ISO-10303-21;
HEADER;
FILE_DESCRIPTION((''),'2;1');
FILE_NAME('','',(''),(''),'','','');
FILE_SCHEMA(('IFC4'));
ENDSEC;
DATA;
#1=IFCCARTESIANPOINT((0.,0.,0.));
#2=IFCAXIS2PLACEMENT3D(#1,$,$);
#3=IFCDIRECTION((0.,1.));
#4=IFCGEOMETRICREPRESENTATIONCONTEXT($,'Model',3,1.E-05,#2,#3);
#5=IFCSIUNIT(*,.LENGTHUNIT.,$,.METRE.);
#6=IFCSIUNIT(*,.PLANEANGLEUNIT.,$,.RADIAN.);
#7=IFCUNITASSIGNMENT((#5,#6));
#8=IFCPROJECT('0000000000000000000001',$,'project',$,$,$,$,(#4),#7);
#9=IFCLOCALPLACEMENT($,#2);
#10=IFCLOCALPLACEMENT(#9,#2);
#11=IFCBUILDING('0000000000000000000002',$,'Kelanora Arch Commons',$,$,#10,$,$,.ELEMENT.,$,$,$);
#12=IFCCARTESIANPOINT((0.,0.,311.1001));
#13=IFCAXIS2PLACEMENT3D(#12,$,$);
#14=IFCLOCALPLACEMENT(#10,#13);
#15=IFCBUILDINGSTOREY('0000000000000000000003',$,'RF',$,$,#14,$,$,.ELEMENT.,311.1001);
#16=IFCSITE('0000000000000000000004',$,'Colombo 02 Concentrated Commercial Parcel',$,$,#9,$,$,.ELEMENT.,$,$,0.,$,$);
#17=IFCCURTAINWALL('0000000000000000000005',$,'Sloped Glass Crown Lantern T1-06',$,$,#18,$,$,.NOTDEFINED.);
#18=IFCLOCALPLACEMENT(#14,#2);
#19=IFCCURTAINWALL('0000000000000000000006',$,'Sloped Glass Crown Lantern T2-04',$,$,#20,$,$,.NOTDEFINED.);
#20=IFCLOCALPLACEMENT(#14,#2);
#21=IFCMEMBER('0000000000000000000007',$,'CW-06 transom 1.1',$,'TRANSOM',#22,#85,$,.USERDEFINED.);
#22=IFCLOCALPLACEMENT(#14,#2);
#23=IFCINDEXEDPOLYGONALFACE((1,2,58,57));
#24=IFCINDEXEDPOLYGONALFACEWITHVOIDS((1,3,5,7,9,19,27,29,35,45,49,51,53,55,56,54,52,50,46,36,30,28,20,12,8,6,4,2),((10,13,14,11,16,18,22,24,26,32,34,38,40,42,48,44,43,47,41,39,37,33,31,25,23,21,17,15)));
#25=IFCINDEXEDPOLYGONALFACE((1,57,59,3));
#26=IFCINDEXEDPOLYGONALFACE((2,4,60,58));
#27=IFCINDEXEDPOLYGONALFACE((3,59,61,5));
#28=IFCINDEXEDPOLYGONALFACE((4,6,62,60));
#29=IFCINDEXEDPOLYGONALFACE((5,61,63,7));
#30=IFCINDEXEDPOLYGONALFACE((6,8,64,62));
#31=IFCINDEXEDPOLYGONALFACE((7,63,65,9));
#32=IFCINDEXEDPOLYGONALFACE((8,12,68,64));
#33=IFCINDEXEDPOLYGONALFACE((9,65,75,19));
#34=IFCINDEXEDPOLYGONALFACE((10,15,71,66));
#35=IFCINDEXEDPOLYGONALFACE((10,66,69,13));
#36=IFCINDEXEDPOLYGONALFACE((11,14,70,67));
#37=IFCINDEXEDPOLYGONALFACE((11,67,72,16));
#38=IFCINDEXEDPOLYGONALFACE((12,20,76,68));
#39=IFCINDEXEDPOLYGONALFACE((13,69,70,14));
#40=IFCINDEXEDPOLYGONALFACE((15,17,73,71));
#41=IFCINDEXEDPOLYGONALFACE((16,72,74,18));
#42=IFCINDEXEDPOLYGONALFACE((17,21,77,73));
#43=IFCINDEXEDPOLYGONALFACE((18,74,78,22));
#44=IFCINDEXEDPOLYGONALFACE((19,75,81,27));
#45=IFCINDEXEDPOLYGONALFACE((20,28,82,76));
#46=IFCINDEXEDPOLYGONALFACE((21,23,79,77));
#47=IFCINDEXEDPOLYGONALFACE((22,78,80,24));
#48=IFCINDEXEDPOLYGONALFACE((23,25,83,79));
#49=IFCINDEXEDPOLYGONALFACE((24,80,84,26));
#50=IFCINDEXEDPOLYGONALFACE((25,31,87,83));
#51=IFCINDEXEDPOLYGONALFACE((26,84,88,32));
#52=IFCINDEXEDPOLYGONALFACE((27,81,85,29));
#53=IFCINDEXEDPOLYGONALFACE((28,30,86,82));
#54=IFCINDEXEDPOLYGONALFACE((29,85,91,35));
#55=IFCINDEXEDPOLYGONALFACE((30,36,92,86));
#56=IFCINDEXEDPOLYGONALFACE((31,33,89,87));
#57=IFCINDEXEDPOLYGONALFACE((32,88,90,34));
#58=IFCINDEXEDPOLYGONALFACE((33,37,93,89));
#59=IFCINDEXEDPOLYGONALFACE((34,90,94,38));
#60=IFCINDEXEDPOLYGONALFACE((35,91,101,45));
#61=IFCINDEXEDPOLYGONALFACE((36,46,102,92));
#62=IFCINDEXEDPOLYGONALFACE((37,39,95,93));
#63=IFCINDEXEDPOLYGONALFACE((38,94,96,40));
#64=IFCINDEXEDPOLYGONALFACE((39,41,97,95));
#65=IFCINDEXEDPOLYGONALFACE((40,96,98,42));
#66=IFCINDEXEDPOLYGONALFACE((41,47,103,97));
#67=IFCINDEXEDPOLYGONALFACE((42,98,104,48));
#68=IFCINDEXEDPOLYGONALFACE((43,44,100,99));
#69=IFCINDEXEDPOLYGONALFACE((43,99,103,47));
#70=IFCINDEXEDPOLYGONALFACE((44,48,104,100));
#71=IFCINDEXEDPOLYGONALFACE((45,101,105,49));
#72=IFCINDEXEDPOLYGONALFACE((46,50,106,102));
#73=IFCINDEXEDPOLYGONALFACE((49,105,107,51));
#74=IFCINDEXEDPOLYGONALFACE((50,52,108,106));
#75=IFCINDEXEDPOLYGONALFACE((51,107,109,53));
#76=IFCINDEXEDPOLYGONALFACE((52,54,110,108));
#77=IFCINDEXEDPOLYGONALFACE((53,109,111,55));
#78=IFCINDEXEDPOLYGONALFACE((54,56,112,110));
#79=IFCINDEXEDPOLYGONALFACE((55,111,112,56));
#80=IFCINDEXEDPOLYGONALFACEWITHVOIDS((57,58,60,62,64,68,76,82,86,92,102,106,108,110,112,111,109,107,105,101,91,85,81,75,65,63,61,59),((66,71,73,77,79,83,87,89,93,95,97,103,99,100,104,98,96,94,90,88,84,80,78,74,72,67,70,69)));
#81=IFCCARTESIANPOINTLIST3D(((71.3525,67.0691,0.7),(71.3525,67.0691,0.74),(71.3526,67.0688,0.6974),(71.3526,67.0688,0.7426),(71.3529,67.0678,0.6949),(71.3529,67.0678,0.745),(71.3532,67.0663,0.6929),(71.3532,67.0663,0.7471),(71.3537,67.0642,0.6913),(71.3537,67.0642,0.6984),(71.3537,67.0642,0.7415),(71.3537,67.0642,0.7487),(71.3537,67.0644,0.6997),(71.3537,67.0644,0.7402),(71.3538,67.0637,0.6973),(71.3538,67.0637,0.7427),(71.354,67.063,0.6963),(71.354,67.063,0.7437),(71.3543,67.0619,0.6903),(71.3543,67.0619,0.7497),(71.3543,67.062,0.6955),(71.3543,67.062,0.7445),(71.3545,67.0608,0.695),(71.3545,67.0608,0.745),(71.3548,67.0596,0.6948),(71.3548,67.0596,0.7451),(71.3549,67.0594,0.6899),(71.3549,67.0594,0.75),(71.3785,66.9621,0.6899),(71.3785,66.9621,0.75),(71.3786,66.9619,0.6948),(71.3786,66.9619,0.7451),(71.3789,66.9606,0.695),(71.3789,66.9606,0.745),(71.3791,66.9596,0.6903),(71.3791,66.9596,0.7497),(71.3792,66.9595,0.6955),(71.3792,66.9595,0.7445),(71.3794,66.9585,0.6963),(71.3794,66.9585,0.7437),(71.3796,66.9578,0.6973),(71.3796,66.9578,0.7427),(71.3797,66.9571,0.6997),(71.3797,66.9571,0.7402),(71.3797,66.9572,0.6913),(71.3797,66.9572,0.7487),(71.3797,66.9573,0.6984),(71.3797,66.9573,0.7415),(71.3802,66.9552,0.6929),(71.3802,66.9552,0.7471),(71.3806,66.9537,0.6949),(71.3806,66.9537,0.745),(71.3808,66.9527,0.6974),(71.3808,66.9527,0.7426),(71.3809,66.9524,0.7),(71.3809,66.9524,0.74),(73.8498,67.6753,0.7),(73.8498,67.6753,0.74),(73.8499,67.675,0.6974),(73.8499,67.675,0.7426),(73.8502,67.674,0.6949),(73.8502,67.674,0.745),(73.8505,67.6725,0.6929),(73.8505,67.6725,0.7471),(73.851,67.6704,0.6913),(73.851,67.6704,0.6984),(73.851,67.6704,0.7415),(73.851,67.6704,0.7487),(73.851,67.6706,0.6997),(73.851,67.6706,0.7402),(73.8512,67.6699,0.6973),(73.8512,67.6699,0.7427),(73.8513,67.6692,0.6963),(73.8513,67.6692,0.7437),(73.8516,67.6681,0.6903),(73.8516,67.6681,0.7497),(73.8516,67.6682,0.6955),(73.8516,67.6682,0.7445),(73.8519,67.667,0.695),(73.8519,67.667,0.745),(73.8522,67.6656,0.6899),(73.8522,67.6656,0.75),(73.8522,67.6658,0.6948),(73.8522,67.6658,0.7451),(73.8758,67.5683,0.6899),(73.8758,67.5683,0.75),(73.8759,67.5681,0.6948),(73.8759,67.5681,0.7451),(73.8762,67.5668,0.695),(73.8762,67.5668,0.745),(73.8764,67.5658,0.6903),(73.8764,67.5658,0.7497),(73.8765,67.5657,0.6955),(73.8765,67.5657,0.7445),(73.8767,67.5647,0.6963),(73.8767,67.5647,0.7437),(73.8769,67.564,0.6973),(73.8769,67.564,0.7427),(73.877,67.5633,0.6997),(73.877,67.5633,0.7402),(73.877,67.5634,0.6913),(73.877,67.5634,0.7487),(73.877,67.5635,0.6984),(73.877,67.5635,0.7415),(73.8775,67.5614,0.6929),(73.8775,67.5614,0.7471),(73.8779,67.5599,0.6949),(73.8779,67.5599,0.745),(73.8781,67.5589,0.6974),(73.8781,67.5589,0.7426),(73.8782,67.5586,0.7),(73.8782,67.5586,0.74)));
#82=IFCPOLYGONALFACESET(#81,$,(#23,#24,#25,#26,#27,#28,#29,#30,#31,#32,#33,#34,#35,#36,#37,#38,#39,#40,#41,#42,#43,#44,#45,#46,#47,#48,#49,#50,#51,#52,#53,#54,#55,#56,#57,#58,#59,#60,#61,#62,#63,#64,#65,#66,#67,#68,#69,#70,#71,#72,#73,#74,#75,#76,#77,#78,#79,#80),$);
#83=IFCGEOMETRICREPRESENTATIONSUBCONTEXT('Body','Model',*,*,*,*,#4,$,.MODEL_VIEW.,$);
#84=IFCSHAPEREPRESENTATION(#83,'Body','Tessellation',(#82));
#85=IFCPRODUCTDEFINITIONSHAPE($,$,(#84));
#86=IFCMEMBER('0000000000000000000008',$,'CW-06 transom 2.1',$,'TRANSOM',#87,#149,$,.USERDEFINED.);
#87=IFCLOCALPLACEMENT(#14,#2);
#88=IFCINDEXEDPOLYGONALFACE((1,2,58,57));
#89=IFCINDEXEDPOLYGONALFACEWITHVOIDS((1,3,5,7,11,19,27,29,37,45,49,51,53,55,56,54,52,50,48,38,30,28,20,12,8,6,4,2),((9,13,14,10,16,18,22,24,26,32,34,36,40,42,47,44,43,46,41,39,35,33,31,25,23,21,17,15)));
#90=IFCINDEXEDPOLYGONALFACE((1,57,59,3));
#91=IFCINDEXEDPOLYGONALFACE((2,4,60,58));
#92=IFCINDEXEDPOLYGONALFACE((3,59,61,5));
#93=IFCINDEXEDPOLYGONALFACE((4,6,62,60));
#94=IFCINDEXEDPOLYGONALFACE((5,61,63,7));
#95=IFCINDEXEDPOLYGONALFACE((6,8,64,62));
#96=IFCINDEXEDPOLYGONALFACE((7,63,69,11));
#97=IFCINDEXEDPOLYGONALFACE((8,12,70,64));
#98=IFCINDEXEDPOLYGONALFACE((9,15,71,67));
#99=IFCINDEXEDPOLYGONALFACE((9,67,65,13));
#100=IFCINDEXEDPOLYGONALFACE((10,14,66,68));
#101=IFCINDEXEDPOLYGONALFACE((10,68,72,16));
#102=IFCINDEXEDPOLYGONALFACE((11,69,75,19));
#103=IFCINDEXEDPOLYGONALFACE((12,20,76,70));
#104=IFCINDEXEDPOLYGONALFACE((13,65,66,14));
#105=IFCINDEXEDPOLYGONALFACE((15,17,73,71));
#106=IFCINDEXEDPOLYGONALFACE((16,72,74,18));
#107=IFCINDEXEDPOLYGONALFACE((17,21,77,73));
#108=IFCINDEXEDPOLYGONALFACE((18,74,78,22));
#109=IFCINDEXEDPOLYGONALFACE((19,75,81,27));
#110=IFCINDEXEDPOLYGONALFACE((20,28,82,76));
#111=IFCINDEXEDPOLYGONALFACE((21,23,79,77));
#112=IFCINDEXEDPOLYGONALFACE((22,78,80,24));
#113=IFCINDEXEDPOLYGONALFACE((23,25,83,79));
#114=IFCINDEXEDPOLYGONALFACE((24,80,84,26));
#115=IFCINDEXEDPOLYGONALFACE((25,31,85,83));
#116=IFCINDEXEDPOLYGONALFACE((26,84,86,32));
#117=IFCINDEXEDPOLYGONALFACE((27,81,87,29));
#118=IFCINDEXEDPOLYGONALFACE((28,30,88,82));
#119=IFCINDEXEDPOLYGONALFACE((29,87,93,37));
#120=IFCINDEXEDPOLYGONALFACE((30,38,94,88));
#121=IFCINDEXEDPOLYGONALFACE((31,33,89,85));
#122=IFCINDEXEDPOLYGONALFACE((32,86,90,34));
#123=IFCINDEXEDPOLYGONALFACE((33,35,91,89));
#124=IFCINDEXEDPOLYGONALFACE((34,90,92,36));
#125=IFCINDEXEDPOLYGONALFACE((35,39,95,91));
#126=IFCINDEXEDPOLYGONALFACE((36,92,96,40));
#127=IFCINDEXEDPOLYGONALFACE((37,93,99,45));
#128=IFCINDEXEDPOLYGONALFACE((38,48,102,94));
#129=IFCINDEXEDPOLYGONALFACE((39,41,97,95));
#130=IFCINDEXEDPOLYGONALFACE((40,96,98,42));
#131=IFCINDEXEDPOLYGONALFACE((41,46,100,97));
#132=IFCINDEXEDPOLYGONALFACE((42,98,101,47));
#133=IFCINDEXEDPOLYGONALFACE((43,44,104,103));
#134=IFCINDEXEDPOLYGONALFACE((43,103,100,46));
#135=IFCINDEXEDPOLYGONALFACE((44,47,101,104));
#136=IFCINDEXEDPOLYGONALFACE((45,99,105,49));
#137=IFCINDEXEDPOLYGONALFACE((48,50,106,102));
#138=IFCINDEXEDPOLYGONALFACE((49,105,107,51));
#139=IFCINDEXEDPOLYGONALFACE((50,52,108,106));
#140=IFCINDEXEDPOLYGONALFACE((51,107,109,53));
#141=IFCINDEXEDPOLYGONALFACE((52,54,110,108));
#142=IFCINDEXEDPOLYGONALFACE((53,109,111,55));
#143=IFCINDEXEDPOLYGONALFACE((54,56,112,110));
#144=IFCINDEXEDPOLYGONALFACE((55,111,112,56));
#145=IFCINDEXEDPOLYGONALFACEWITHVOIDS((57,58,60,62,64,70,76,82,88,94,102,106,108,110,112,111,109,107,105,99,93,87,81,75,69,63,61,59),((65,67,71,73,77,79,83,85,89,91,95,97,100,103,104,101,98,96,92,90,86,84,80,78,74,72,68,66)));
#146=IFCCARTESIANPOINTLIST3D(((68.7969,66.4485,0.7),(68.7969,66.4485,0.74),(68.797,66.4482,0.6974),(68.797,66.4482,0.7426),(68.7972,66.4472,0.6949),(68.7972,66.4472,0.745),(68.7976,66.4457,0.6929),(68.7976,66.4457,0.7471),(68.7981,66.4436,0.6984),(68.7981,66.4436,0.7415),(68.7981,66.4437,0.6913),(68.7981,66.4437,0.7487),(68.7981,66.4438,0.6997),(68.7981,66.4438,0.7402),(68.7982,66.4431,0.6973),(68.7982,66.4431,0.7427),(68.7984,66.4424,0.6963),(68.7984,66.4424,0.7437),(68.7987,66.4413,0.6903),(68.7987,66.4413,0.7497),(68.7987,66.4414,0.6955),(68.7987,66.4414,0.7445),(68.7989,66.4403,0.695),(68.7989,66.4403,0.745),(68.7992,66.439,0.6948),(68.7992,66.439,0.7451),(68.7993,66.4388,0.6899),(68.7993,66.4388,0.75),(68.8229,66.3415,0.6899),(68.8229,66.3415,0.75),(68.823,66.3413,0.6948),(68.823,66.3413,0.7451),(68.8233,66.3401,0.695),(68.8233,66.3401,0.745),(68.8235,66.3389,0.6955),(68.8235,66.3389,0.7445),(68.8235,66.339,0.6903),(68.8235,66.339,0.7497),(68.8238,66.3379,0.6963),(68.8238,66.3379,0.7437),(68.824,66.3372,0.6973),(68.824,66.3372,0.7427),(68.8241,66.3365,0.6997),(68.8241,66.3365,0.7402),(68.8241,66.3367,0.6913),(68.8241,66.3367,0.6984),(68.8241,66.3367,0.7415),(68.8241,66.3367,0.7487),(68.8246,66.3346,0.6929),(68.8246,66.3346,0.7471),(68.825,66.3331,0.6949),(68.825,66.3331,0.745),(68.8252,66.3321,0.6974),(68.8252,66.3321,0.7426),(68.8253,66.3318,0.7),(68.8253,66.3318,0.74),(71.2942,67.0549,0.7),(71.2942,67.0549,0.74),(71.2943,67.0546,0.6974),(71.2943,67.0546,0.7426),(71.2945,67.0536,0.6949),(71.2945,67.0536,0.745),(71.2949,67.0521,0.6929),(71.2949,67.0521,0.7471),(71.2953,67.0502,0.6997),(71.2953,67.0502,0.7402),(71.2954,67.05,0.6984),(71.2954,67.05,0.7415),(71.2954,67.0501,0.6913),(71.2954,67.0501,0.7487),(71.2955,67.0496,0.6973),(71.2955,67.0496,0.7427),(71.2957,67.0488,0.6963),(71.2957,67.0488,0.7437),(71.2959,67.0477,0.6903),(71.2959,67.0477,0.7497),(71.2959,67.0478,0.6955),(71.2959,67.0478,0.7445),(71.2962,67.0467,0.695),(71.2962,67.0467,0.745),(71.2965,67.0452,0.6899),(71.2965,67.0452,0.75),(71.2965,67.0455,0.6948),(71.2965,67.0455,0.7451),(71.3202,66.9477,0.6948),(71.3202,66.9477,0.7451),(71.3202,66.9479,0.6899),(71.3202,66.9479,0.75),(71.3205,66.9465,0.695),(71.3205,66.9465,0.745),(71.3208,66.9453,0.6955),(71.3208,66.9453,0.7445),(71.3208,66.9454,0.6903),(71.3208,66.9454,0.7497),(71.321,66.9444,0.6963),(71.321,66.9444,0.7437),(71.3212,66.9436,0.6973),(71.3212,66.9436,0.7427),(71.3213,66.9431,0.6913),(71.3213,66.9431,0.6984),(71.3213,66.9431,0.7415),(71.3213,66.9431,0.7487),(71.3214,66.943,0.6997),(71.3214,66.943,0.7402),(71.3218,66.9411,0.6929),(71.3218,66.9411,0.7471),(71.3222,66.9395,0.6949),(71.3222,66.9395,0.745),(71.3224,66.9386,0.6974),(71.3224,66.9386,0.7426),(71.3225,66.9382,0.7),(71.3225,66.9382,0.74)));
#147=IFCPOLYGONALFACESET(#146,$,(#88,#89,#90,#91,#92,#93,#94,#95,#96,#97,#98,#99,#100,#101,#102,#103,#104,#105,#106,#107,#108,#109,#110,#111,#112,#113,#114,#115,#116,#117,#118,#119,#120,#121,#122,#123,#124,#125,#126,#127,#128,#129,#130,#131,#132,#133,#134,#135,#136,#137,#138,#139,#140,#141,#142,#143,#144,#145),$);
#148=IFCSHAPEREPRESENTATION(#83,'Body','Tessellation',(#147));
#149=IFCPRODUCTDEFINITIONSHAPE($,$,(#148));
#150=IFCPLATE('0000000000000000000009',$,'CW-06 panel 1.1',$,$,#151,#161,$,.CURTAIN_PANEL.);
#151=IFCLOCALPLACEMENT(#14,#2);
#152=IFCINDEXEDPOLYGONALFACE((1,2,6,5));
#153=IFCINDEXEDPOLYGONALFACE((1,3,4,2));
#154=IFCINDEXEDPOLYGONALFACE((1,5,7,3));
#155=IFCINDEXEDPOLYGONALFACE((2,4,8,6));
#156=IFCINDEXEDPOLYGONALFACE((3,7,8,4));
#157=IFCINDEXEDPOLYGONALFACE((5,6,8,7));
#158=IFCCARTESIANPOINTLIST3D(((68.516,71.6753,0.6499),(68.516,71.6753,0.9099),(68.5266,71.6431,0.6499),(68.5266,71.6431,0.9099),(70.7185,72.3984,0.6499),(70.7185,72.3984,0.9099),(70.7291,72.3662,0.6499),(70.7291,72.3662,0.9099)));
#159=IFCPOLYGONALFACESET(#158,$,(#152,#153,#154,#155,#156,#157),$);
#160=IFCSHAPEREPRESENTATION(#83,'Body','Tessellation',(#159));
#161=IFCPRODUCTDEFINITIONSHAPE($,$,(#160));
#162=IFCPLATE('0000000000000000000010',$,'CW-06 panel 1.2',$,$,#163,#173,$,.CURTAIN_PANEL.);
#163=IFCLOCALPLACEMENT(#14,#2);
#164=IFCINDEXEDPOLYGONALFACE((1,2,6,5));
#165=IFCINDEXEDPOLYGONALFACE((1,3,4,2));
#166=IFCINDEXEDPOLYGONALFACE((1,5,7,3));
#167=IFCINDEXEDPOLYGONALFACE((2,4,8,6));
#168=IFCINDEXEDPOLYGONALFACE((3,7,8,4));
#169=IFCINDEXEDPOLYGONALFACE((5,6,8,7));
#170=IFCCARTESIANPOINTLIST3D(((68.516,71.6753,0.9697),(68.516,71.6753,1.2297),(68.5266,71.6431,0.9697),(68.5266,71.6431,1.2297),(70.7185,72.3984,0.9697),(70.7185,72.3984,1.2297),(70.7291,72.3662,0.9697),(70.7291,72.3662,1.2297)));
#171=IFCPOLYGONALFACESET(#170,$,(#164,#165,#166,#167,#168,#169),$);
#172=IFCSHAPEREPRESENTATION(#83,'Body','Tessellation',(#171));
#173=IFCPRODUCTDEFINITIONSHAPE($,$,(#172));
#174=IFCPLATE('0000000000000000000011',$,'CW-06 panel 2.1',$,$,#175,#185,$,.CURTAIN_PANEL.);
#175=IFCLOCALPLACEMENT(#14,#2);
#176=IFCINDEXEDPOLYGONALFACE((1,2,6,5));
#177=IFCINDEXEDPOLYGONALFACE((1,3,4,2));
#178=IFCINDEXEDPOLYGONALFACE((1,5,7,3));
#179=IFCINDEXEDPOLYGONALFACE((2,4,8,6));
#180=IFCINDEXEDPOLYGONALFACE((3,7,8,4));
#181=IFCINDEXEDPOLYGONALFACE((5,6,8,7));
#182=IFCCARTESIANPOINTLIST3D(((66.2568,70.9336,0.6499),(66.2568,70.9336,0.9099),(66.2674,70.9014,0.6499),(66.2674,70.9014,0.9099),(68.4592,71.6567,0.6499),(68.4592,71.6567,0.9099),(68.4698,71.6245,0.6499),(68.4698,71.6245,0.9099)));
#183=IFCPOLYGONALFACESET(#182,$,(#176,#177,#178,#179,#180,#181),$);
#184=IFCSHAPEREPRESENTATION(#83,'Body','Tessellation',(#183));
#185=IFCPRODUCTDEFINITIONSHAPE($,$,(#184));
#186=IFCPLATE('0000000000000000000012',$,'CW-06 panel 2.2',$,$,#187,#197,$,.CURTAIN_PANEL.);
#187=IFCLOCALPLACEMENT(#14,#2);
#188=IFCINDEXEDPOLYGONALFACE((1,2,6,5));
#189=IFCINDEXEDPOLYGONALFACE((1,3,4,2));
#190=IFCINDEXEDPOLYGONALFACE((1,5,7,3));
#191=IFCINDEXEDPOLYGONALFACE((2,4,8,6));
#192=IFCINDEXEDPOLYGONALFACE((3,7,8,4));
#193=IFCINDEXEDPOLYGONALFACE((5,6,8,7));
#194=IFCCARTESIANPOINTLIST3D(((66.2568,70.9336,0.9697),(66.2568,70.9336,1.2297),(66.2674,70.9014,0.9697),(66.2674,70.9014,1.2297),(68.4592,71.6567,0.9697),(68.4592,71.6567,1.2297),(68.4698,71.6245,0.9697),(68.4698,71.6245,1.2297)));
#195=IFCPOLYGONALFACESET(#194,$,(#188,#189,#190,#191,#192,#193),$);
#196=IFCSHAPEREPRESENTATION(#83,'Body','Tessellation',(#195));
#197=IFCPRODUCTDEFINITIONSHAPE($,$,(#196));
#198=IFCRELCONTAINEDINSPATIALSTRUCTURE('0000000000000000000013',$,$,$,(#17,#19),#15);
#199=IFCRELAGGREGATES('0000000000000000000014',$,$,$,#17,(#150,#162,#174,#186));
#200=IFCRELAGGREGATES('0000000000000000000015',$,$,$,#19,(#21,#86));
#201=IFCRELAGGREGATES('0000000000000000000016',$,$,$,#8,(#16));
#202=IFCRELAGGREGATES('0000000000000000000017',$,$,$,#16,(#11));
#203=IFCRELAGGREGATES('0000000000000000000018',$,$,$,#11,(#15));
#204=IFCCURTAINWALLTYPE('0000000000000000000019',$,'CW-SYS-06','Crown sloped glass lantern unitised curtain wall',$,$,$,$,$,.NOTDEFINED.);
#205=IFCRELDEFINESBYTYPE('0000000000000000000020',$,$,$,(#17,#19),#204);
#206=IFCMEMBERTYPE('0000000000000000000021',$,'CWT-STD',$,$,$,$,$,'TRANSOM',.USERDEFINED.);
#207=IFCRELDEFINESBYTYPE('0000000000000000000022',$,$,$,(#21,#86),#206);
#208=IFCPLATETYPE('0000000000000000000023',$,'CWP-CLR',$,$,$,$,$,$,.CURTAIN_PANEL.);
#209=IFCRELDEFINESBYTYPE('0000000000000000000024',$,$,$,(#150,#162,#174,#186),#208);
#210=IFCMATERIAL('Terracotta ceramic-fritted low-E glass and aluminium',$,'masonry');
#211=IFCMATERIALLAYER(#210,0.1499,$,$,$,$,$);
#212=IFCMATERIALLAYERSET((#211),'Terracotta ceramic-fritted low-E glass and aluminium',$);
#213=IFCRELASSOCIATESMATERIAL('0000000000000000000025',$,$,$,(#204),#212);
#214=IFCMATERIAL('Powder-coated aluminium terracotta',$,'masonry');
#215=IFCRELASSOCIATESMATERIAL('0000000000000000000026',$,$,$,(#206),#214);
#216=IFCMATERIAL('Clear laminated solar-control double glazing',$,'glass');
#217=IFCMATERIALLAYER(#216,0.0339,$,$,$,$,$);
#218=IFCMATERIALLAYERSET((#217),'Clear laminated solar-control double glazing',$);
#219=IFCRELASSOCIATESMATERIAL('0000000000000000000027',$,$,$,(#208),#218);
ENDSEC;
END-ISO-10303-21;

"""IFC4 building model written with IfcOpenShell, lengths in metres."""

from ifc_helpers import new_model, si_unit, direction, frame, origin, origin_2d, place, context, subcontext, project, spatial, rectangle, hollow_rectangle, extrude, source, transform, mapped, material, layer, layer_set, material_profile, profile_set, type_object, element, aggregate, save


model = new_model("IFC4")

# Units and contexts
model_context = context("Model", 3, precision=1e-05, world=origin(), true_north=direction((0.0, 1.0)))
body_context = subcontext(model_context, "Body", "Model", "MODEL_VIEW")
ifc_project = project(units=[si_unit("LENGTHUNIT", "METRE"), si_unit("PLANEANGLEUNIT", "RADIAN")], contexts=[model_context])

# Site, building, storey
site_placement = place(None, origin())
site = spatial("IfcSite", under=ifc_project, at=site_placement, Name="Colombo 02 Concentrated Commercial Parcel", CompositionType="ELEMENT", RefElevation=0.0)
building_placement = place(site_placement, origin())
building = spatial("IfcBuilding", under=site, at=building_placement, Name="Kelanora Arch Commons", CompositionType="ELEMENT")
storey_placement = place(building_placement, frame((0.0, 0.0, 311.1001)))
storey = spatial("IfcBuildingStorey", under=building, at=storey_placement, Name="RF", CompositionType="ELEMENT", Elevation=311.1001)

# Shared definitions
ifc_material_1 = material(Name="Terracotta ceramic-fritted low-E glass and aluminium", Category="masonry")
ifc_layer_1 = layer(ifc_material_1, 0.1499)
ifc_layer_set_1 = layer_set([ifc_layer_1], Name="Terracotta ceramic-fritted low-E glass and aluminium")
curtain_wall_type = type_object("IfcCurtainWallType", Name="CW-SYS-06", Description="Crown sloped glass lantern unitised curtain wall", PredefinedType="NOTDEFINED", material=ifc_layer_set_1)
ifc_material_2 = material(Name="Powder-coated aluminium terracotta", Category="masonry")

# Curtain walls
curtain_wall_1_placement = place(storey_placement, origin())
curtain_wall_1 = element("IfcCurtainWall", 1, at=curtain_wall_1_placement, inside=storey, type_object=curtain_wall_type, Name="Sloped Glass Crown Lantern T1-06", PredefinedType="NOTDEFINED")
curtain_wall_2_placement = place(storey_placement, origin())
curtain_wall_2 = element("IfcCurtainWall", 2, at=curtain_wall_2_placement, inside=storey, type_object=curtain_wall_type, Name="Sloped Glass Crown Lantern T2-04", PredefinedType="NOTDEFINED")

# Members
ifc_material_profile_1 = material_profile(ifc_material_2, hollow_rectangle(XDim=0.1201, YDim=0.0601, WallThickness=0.0049, InnerFilletRadius=0.0049, OuterFilletRadius=0.01, at=origin_2d()), Name="CWT120x60")
ifc_profile_set_1 = profile_set([ifc_material_profile_1], Name="Powder-coated aluminium terracotta")
member_type_1 = type_object("IfcMemberType", Name="CWT-STD", ElementType="TRANSOM", PredefinedType="USERDEFINED", material=ifc_profile_set_1)
member_1_placement = place(storey_placement, frame((73.864, 67.6169, 0.72), z_axis=(-0.97178, -0.235891, 0.0), x_axis=(0.235891, -0.97178, 0.0)))
member_1 = element("IfcMember", 3, at=member_1_placement, type_object=member_type_1, Name="CW-06 transom 1.1", ObjectType="TRANSOM", PredefinedType="USERDEFINED", context=body_context, shape_type="SweptSolid", body=[
    extrude(hollow_rectangle(XDim=0.1201, YDim=0.0601, WallThickness=0.0049, InnerFilletRadius=0.0049, OuterFilletRadius=0.01, at=origin_2d()), origin(), (0.0, 0.0, 1.0), 2.5698),
])
member_2_placement = place(storey_placement, frame((71.3083, 66.9966, 0.72), z_axis=(-0.971758, -0.235981, 0.0), x_axis=(0.235981, -0.971758, 0.0)))
member_2 = element("IfcMember", 4, at=member_2_placement, type_object=member_type_1, Name="CW-06 transom 2.1", ObjectType="TRANSOM", PredefinedType="USERDEFINED", context=body_context, shape_type="SweptSolid", body=[
    extrude(hollow_rectangle(XDim=0.1201, YDim=0.0601, WallThickness=0.0049, InnerFilletRadius=0.0049, OuterFilletRadius=0.01, at=origin_2d()), origin(), (0.0, 0.0, 1.0), 2.5698),
])

# Plates
ifc_material_3 = material(Name="Clear laminated solar-control double glazing", Category="glass")
ifc_layer_2 = layer(ifc_material_3, 0.0339)
ifc_layer_set_2 = layer_set([ifc_layer_2], Name="Clear laminated solar-control double glazing")
plate_type = type_object("IfcPlateType", Name="CWP-CLR", PredefinedType="CURTAIN_PANEL", material=ifc_layer_set_2)
shared_shape_1 = source(origin(), body_context, "Body", "SweptSolid", [
    extrude(rectangle(XDim=2.3181, YDim=0.0339, at=origin_2d()), origin(), (0.0, 0.0, 1.0), 0.26),
])
plate_1_placement = place(storey_placement, frame((69.6226, 72.0208, 0.6499), z_axis=(0.0, 0.0, 1.0), x_axis=(-0.9501, -0.311945, 0.0)))
plate_1 = element("IfcPlate", 5, at=plate_1_placement, type_object=plate_type, Name="CW-06 panel 1.1", PredefinedType="CURTAIN_PANEL", context=body_context, shape_type="MappedRepresentation", body=[
    mapped(shared_shape_1, transform((0.0, 0.0, 0.0), scale=1.0)),
])
plate_2_placement = place(storey_placement, frame((69.6226, 72.0208, 0.9697), z_axis=(0.0, 0.0, 1.0), x_axis=(-0.9501, -0.311945, 0.0)))
plate_2 = element("IfcPlate", 6, at=plate_2_placement, type_object=plate_type, Name="CW-06 panel 1.2", PredefinedType="CURTAIN_PANEL", context=body_context, shape_type="MappedRepresentation", body=[
    mapped(shared_shape_1, transform((0.0, 0.0, 0.0), scale=1.0)),
])
plate_3_placement = place(storey_placement, frame((67.3633, 71.2791, 0.6499), z_axis=(0.0, 0.0, 1.0), x_axis=(-0.9501, -0.311945, 0.0)))
plate_3 = element("IfcPlate", 7, at=plate_3_placement, type_object=plate_type, Name="CW-06 panel 2.1", PredefinedType="CURTAIN_PANEL", context=body_context, shape_type="MappedRepresentation", body=[
    mapped(shared_shape_1, transform((0.0, 0.0, 0.0), scale=1.0)),
])
plate_4_placement = place(storey_placement, frame((67.3633, 71.2791, 0.9697), z_axis=(0.0, 0.0, 1.0), x_axis=(-0.9501, -0.311945, 0.0)))
plate_4 = element("IfcPlate", 8, at=plate_4_placement, type_object=plate_type, Name="CW-06 panel 2.2", PredefinedType="CURTAIN_PANEL", context=body_context, shape_type="MappedRepresentation", body=[
    mapped(shared_shape_1, transform((0.0, 0.0, 0.0), scale=1.0)),
])
aggregate(curtain_wall_1, [plate_1, plate_2, plate_3, plate_4])
aggregate(curtain_wall_2, [member_1, member_2])

save(model, "model.ifc")
